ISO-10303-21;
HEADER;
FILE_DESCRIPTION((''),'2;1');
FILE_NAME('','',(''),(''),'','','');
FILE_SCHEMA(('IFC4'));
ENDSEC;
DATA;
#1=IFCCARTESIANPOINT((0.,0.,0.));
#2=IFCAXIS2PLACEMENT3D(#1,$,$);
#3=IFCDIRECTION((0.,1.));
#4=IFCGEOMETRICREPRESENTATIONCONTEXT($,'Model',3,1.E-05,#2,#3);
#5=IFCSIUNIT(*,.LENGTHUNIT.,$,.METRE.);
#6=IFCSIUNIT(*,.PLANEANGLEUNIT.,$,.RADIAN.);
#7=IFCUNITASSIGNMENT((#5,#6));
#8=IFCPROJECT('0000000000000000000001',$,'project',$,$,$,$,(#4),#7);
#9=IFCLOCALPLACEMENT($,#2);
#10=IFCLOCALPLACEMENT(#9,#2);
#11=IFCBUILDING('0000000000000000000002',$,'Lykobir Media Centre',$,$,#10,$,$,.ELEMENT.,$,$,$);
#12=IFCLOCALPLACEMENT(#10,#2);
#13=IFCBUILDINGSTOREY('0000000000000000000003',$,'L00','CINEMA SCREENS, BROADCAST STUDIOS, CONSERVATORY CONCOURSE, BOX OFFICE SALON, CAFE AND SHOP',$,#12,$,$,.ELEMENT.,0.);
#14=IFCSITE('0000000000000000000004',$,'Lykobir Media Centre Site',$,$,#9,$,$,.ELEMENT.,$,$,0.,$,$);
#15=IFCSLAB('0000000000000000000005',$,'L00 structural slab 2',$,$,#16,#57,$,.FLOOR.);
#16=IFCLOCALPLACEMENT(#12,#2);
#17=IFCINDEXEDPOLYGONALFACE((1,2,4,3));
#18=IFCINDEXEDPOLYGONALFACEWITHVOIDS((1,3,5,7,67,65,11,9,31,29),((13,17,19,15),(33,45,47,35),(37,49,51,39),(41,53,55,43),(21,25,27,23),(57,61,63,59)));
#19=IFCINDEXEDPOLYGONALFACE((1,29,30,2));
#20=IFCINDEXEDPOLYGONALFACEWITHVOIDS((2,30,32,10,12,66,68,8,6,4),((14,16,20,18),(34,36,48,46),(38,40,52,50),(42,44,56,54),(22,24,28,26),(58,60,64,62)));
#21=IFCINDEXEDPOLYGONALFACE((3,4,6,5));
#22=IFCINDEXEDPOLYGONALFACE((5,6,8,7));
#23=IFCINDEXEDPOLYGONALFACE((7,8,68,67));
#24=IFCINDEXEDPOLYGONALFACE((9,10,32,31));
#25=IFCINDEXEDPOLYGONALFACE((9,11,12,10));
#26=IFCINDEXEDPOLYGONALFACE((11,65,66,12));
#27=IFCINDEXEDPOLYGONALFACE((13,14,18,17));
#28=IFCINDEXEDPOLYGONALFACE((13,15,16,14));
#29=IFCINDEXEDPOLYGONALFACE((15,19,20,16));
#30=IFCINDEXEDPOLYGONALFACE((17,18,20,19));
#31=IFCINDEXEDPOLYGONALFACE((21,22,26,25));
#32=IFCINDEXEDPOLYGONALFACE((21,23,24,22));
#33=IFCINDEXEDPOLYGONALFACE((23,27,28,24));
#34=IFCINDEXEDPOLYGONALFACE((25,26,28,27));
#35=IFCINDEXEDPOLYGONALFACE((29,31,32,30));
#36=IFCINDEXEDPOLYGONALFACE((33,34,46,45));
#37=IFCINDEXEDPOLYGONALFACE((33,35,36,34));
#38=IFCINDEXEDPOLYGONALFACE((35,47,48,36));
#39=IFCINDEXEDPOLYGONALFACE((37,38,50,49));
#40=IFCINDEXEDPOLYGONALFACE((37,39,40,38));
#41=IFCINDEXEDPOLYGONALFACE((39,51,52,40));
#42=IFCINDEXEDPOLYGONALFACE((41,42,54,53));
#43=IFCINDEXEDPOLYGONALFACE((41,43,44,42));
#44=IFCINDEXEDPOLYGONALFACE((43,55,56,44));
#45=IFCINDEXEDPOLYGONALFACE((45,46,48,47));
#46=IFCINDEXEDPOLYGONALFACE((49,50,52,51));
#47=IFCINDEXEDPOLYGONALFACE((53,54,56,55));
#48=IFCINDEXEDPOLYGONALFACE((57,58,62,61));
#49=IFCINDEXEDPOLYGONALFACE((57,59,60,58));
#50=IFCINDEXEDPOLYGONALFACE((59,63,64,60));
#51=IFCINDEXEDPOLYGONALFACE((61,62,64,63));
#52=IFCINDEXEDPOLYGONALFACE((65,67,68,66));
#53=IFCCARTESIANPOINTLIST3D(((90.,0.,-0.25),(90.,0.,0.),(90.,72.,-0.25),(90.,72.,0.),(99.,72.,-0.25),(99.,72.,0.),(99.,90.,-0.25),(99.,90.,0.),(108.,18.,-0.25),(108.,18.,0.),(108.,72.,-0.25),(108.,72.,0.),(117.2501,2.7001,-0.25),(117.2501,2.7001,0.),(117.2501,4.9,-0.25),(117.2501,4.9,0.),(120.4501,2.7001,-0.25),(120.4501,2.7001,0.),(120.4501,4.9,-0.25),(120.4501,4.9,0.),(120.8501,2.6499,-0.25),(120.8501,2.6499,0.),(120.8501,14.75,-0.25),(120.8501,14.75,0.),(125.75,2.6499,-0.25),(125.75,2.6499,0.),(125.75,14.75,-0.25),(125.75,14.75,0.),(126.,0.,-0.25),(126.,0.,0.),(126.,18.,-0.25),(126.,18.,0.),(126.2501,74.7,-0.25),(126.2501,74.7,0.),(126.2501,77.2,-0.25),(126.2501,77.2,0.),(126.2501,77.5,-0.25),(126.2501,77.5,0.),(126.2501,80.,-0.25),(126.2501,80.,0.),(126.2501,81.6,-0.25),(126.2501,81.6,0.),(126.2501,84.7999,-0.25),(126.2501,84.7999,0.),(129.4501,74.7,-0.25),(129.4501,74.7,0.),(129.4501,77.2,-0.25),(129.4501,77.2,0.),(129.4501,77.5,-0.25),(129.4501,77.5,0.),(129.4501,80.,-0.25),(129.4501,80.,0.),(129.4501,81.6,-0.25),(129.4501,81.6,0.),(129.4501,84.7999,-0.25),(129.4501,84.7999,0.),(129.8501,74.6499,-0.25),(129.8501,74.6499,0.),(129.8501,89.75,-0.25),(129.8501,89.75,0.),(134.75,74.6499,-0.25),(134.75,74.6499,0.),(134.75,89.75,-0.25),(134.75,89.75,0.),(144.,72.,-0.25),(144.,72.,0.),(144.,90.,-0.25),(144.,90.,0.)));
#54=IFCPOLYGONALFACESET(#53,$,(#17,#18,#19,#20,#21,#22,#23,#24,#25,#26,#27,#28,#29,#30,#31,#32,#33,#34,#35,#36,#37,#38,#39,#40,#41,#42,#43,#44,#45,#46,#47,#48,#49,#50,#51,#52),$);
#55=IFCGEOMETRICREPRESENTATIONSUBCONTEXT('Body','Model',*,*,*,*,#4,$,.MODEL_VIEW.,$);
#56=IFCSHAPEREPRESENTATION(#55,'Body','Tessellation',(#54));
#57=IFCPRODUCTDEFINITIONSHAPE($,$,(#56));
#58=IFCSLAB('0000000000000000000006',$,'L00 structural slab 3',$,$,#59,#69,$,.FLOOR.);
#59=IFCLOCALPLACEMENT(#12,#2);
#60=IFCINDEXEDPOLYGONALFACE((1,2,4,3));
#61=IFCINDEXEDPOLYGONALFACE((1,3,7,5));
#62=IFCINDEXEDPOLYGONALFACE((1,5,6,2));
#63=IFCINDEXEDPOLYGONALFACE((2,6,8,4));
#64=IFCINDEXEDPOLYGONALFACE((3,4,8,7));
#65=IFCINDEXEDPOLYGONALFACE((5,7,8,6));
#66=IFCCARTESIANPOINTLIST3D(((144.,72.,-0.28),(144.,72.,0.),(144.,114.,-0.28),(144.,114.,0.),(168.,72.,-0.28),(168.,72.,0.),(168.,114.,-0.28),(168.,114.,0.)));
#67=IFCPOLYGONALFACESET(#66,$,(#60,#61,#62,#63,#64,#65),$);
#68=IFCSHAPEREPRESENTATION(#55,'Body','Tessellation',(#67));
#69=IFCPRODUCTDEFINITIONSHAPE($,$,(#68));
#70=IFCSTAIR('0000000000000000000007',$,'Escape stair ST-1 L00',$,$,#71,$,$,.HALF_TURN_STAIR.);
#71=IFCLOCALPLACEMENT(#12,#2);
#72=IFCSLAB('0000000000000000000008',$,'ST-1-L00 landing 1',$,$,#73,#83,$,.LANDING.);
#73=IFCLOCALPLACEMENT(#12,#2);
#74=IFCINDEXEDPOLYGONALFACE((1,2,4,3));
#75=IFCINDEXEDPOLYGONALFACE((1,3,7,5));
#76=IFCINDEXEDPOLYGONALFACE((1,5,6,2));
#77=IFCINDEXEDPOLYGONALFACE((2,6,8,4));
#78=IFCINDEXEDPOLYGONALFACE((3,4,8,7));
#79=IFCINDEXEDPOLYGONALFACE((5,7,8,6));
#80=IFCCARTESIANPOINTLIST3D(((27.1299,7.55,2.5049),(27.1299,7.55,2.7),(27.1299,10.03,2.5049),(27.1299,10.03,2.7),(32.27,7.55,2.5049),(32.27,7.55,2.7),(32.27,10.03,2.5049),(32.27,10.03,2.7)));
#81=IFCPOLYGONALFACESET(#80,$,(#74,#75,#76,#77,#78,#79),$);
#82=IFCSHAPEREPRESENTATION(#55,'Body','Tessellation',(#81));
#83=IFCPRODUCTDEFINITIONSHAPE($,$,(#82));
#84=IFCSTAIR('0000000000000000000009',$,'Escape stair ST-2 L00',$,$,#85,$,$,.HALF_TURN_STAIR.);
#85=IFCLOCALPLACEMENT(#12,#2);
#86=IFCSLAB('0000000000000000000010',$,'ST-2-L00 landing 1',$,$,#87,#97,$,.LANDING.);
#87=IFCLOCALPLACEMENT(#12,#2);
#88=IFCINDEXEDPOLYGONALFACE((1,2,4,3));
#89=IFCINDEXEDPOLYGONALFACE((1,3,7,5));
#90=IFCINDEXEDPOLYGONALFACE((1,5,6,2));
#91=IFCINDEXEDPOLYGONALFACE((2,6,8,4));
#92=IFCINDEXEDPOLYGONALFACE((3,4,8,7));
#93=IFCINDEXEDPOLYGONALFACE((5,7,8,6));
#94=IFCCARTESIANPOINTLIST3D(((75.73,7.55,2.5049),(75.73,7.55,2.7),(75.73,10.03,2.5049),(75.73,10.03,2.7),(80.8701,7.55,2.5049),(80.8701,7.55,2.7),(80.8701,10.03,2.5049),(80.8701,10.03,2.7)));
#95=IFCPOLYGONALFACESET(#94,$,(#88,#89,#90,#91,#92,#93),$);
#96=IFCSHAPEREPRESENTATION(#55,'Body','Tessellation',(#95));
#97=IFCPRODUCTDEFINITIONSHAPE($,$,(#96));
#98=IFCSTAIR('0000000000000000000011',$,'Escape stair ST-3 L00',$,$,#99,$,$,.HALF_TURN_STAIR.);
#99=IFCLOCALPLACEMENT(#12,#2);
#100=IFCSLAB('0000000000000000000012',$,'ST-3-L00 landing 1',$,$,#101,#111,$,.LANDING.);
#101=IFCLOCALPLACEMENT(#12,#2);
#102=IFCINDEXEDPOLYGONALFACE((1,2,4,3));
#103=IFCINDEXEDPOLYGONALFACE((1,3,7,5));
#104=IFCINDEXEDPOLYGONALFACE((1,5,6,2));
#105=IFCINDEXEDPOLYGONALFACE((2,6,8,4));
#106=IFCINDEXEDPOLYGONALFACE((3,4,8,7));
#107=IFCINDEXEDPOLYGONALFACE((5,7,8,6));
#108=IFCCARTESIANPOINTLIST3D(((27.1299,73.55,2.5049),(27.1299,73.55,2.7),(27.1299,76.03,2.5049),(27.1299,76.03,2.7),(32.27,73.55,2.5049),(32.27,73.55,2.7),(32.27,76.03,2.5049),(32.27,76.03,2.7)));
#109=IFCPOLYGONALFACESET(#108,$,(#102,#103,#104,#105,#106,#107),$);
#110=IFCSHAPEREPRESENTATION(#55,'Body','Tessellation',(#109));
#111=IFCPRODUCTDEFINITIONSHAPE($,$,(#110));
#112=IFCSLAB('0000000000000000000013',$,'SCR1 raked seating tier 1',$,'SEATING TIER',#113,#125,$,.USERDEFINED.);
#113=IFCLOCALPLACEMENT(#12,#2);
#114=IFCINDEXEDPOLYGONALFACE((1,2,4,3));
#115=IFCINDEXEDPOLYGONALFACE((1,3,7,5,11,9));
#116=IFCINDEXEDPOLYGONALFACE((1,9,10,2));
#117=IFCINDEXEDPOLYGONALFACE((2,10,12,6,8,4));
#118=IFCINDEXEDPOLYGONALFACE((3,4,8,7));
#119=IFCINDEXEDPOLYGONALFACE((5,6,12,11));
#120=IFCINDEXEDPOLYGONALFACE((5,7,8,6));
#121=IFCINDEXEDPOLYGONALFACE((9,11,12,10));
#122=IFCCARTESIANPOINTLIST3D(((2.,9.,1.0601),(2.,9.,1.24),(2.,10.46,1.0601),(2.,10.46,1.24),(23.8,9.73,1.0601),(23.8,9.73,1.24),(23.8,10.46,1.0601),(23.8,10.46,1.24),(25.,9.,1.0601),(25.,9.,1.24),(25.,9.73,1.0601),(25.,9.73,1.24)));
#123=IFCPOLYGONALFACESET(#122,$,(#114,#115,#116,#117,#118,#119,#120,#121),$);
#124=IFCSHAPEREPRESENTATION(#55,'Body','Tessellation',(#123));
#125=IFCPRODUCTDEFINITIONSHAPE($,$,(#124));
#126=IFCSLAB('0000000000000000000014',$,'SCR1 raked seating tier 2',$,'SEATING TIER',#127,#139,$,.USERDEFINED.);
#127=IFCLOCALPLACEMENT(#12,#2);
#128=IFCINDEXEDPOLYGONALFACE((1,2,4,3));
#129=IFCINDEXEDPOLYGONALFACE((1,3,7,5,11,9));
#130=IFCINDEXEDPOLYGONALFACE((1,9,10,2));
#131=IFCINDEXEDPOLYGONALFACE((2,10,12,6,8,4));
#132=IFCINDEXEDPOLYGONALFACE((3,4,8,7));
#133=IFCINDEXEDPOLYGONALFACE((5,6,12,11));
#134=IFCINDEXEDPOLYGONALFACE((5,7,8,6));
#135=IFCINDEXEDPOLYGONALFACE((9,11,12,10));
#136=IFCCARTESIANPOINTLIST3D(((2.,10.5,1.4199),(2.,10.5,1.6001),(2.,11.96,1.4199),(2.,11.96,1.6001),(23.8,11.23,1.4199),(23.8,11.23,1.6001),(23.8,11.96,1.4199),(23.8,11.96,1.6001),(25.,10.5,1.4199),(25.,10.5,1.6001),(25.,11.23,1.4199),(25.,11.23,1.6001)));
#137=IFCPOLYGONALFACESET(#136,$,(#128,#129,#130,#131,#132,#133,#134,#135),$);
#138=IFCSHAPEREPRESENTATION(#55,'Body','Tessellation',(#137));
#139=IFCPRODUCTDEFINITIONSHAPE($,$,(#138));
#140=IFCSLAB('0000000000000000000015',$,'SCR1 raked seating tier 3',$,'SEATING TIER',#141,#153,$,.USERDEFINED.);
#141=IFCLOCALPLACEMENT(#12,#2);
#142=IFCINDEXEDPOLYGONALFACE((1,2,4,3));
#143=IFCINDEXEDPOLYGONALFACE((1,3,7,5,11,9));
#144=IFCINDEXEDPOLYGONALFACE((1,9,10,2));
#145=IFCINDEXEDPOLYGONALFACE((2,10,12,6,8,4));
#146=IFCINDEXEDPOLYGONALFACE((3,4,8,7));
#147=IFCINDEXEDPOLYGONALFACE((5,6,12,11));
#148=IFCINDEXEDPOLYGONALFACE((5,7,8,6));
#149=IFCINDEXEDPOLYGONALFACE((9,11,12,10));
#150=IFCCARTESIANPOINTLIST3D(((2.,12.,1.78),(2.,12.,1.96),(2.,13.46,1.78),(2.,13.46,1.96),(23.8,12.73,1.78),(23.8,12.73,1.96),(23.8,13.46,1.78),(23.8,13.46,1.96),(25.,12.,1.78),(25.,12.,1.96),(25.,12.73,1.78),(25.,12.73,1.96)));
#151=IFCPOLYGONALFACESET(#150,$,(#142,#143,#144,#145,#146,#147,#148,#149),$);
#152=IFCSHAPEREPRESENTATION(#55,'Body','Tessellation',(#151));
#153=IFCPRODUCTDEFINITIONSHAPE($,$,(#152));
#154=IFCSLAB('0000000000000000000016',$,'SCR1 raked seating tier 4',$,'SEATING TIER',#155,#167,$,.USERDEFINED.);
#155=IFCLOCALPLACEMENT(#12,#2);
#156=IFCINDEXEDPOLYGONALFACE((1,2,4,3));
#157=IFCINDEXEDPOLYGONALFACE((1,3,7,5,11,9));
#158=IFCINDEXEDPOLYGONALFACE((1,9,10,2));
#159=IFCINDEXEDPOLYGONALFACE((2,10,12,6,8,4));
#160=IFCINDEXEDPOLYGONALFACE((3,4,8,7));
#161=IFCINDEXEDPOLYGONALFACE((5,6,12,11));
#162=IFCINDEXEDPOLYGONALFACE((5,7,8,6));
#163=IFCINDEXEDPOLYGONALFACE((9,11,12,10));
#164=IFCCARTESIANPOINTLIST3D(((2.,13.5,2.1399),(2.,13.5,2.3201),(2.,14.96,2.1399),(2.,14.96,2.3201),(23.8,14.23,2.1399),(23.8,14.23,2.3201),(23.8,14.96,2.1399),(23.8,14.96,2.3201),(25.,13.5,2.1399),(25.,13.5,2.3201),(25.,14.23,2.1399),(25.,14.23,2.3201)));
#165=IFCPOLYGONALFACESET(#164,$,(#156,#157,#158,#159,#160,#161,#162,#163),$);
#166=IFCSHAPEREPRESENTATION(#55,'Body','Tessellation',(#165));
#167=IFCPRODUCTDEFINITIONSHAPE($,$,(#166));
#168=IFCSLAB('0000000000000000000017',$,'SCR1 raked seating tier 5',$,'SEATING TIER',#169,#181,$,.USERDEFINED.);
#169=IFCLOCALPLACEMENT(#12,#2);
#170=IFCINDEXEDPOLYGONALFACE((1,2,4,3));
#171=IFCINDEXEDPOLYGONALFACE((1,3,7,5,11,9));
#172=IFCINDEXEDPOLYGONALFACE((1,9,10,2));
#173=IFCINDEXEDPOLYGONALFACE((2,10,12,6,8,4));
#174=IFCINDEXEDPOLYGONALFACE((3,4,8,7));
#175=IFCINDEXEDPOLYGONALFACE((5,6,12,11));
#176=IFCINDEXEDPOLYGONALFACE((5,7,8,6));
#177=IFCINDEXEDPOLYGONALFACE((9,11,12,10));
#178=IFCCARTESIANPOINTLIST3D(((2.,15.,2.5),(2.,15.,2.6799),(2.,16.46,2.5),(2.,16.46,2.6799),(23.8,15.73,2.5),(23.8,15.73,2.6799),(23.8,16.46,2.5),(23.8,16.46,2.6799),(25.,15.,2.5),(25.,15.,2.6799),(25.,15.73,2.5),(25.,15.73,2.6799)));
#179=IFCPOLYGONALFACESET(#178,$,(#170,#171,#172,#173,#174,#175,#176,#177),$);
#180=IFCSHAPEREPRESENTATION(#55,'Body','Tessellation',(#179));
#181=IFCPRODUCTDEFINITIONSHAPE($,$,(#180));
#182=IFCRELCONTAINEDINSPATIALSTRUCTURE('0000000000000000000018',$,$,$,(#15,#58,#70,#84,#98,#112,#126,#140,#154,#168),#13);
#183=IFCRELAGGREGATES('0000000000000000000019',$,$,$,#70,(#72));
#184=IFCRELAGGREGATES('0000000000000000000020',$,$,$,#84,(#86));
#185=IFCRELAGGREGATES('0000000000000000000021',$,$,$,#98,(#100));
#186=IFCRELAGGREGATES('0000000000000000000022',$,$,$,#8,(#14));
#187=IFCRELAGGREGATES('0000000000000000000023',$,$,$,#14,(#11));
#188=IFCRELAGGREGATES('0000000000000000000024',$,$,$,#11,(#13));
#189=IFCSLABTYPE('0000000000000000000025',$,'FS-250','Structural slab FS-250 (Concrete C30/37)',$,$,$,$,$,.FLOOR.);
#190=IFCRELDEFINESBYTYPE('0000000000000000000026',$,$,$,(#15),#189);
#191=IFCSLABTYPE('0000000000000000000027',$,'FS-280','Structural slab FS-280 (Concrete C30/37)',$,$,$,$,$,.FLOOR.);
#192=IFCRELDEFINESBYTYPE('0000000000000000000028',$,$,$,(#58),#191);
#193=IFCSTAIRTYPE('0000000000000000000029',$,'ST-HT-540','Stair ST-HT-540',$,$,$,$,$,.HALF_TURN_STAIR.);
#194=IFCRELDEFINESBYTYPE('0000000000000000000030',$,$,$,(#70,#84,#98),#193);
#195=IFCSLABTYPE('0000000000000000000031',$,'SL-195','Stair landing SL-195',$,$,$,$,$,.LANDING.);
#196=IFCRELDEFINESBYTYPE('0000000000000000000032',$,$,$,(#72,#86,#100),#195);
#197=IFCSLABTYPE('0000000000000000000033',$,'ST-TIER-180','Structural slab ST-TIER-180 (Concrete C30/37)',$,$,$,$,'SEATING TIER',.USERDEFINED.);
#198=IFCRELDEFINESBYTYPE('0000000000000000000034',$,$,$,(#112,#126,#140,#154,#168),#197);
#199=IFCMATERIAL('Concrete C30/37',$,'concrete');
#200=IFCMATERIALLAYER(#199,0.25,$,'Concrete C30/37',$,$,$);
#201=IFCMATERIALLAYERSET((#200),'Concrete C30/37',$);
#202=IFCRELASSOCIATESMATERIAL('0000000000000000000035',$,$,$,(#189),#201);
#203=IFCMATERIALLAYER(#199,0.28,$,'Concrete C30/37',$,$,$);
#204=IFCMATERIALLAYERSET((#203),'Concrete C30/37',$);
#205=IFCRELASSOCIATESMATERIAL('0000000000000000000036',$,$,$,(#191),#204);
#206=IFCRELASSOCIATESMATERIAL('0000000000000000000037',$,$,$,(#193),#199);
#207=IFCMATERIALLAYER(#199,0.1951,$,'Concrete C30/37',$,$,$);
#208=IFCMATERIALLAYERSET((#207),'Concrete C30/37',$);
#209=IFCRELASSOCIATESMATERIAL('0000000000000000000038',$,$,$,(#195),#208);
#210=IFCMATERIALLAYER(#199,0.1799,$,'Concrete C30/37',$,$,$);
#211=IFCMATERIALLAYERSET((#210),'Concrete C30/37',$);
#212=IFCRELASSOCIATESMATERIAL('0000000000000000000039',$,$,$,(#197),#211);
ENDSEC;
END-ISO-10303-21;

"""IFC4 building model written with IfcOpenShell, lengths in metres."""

from ifc_helpers import new_model, si_unit, direction, frame, origin, origin_2d, place, context, subcontext, project, spatial, polyline, rectangle, outline, extrude, material, layer, layer_set, type_object, element, aggregate, save


model = new_model("IFC4")

# Units and contexts
model_context = context("Model", 3, precision=1e-05, world=origin(), true_north=direction((0.0, 1.0)))
body_context = subcontext(model_context, "Body", "Model", "MODEL_VIEW")
ifc_project = project(units=[si_unit("LENGTHUNIT", "METRE"), si_unit("PLANEANGLEUNIT", "RADIAN")], contexts=[model_context])

# Site, building, storey
site_placement = place(None, origin())
site = spatial("IfcSite", under=ifc_project, at=site_placement, Name="Lykobir Media Centre Site", CompositionType="ELEMENT", RefElevation=0.0)
building_placement = place(site_placement, origin())
building = spatial("IfcBuilding", under=site, at=building_placement, Name="Lykobir Media Centre", CompositionType="ELEMENT")
storey_placement = place(building_placement, origin())
storey = spatial("IfcBuildingStorey", under=building, at=storey_placement, Name="L00", Description="CINEMA SCREENS, BROADCAST STUDIOS, CONSERVATORY CONCOURSE, BOX OFFICE SALON, CAFE AND SHOP", CompositionType="ELEMENT", Elevation=0.0)

# Slab, openings
ifc_material_1 = material(Name="Concrete C30/37", Category="concrete")
ifc_layer_1 = layer(ifc_material_1, 0.25, Name="Concrete C30/37")
ifc_layer_set_1 = layer_set([ifc_layer_1], Name="Concrete C30/37")
slab_type_1 = type_object("IfcSlabType", Name="FS-250", Description="Structural slab FS-250 (Concrete C30/37)", PredefinedType="FLOOR", material=ifc_layer_set_1)
slab_1_placement = place(storey_placement, frame((0.0, 0.0, -0.25)))
slab_1 = element("IfcSlab", 1, at=slab_1_placement, inside=storey, type_object=slab_type_1, Name="L00 structural slab 2", PredefinedType="FLOOR", context=body_context, shape_type="SweptSolid", body=[
    extrude(outline(polyline([(126.0, 18.0), (108.0, 18.0), (108.0, 72.0), (144.0, 72.0), (144.0, 90.0), (99.0, 90.0), (99.0, 72.0), (90.0, 72.0), (90.0, 18.0), (90.0, 0.0), (126.0, 0.0), (126.0, 18.0)]), holes=[polyline([(125.75, 14.75), (125.75, 2.6499), (120.8501, 2.6499), (120.8501, 14.75), (125.75, 14.75)]), polyline([(134.75, 74.6499), (129.8501, 74.6499), (129.8501, 89.75), (134.75, 89.75), (134.75, 74.6499)])]), origin(), (0.0, 0.0, 1.0), 0.25),
])
opening_1_placement = place(slab_1_placement, frame((127.8501, 75.95, 0.0)))
element("IfcOpeningElement", 2, at=opening_1_placement, cuts=slab_1, PredefinedType="OPENING", context=body_context, shape_type="SweptSolid", body=[
    extrude(rectangle(XDim=3.2, YDim=2.5, at=origin_2d()), origin(), (0.0, 0.0, 1.0), 0.25),
])
opening_2_placement = place(slab_1_placement, frame((127.8501, 78.75, 0.0)))
element("IfcOpeningElement", 3, at=opening_2_placement, cuts=slab_1, PredefinedType="OPENING", context=body_context, shape_type="SweptSolid", body=[
    extrude(rectangle(XDim=3.2, YDim=2.5, at=origin_2d()), origin(), (0.0, 0.0, 1.0), 0.25),
])
opening_3_placement = place(slab_1_placement, frame((127.8501, 83.2, 0.0)))
element("IfcOpeningElement", 4, at=opening_3_placement, cuts=slab_1, PredefinedType="OPENING", context=body_context, shape_type="SweptSolid", body=[
    extrude(rectangle(XDim=3.2, YDim=3.2, at=origin_2d()), origin(), (0.0, 0.0, 1.0), 0.25),
])
opening_4_placement = place(slab_1_placement, frame((118.8501, 3.8, 0.0)))
element("IfcOpeningElement", 5, at=opening_4_placement, cuts=slab_1, PredefinedType="OPENING", context=body_context, shape_type="SweptSolid", body=[
    extrude(rectangle(XDim=3.2, YDim=2.2, at=origin_2d()), origin(), (0.0, 0.0, 1.0), 0.25),
])

# Slab
ifc_layer_2 = layer(ifc_material_1, 0.28, Name="Concrete C30/37")
ifc_layer_set_2 = layer_set([ifc_layer_2], Name="Concrete C30/37")
slab_type_2 = type_object("IfcSlabType", Name="FS-280", Description="Structural slab FS-280 (Concrete C30/37)", PredefinedType="FLOOR", material=ifc_layer_set_2)
slab_2_placement = place(storey_placement, frame((0.0, 0.0, -0.28)))
element("IfcSlab", 6, at=slab_2_placement, inside=storey, type_object=slab_type_2, Name="L00 structural slab 3", PredefinedType="FLOOR", context=body_context, shape_type="SweptSolid", body=[
    extrude(outline(polyline([(168.0, 72.0), (168.0, 114.0), (144.0, 114.0), (144.0, 72.0), (168.0, 72.0)])), origin(), (0.0, 0.0, 1.0), 0.28),
])

# Stairs, slabs
stair_type = type_object("IfcStairType", Name="ST-HT-540", Description="Stair ST-HT-540", PredefinedType="HALF_TURN_STAIR", material=ifc_material_1)
stair_1_placement = place(storey_placement, origin())
stair_1 = element("IfcStair", 7, at=stair_1_placement, inside=storey, type_object=stair_type, Name="Escape stair ST-1 L00", PredefinedType="HALF_TURN_STAIR")
ifc_layer_3 = layer(ifc_material_1, 0.1951, Name="Concrete C30/37")
ifc_layer_set_3 = layer_set([ifc_layer_3], Name="Concrete C30/37")
slab_type_3 = type_object("IfcSlabType", Name="SL-195", Description="Stair landing SL-195", PredefinedType="LANDING", material=ifc_layer_set_3)
slab_3_placement = place(storey_placement, frame((0.0, 0.0, 2.5049)))
slab_3 = element("IfcSlab", 8, at=slab_3_placement, type_object=slab_type_3, Name="ST-1-L00 landing 1", PredefinedType="LANDING", context=body_context, shape_type="SweptSolid", body=[
    extrude(outline(polyline([(27.1299, 7.55), (32.27, 7.55), (32.27, 10.03), (27.1299, 10.03), (27.1299, 7.55)])), origin(), (0.0, 0.0, 1.0), 0.1951),
])
aggregate(stair_1, [slab_3])
stair_2_placement = place(storey_placement, origin())
stair_2 = element("IfcStair", 9, at=stair_2_placement, inside=storey, type_object=stair_type, Name="Escape stair ST-2 L00", PredefinedType="HALF_TURN_STAIR")
slab_4_placement = place(storey_placement, frame((0.0, 0.0, 2.5049)))
slab_4 = element("IfcSlab", 10, at=slab_4_placement, type_object=slab_type_3, Name="ST-2-L00 landing 1", PredefinedType="LANDING", context=body_context, shape_type="SweptSolid", body=[
    extrude(outline(polyline([(75.73, 7.55), (80.8701, 7.55), (80.8701, 10.03), (75.73, 10.03), (75.73, 7.55)])), origin(), (0.0, 0.0, 1.0), 0.1951),
])
aggregate(stair_2, [slab_4])
stair_3_placement = place(storey_placement, origin())
stair_3 = element("IfcStair", 11, at=stair_3_placement, inside=storey, type_object=stair_type, Name="Escape stair ST-3 L00", PredefinedType="HALF_TURN_STAIR")
slab_5_placement = place(storey_placement, frame((0.0, 0.0, 2.5049)))
slab_5 = element("IfcSlab", 12, at=slab_5_placement, type_object=slab_type_3, Name="ST-3-L00 landing 1", PredefinedType="LANDING", context=body_context, shape_type="SweptSolid", body=[
    extrude(outline(polyline([(27.1299, 73.55), (32.27, 73.55), (32.27, 76.03), (27.1299, 76.03), (27.1299, 73.55)])), origin(), (0.0, 0.0, 1.0), 0.1951),
])
aggregate(stair_3, [slab_5])

# Slabs
ifc_layer_4 = layer(ifc_material_1, 0.1799, Name="Concrete C30/37")
ifc_layer_set_4 = layer_set([ifc_layer_4], Name="Concrete C30/37")
slab_type_4 = type_object("IfcSlabType", Name="ST-TIER-180", Description="Structural slab ST-TIER-180 (Concrete C30/37)", ElementType="SEATING TIER", PredefinedType="USERDEFINED", material=ifc_layer_set_4)
slab_6_placement = place(storey_placement, frame((0.0, 0.0, 1.0601)))
element("IfcSlab", 13, at=slab_6_placement, inside=storey, type_object=slab_type_4, Name="SCR1 raked seating tier 1", ObjectType="SEATING TIER", PredefinedType="USERDEFINED", context=body_context, shape_type="SweptSolid", body=[
    extrude(outline(polyline([(2.0, 9.0), (25.0, 9.0), (25.0, 9.73), (23.8, 9.73), (23.8, 10.46), (2.0, 10.46), (2.0, 9.0)])), origin(), (0.0, 0.0, 1.0), 0.1799),
])
slab_7_placement = place(storey_placement, frame((0.0, 0.0, 1.4199)))
element("IfcSlab", 14, at=slab_7_placement, inside=storey, type_object=slab_type_4, Name="SCR1 raked seating tier 2", ObjectType="SEATING TIER", PredefinedType="USERDEFINED", context=body_context, shape_type="SweptSolid", body=[
    extrude(outline(polyline([(2.0, 10.5), (25.0, 10.5), (25.0, 11.23), (23.8, 11.23), (23.8, 11.96), (2.0, 11.96), (2.0, 10.5)])), origin(), (0.0, 0.0, 1.0), 0.1802),
])
slab_8_placement = place(storey_placement, frame((0.0, 0.0, 1.78)))
element("IfcSlab", 15, at=slab_8_placement, inside=storey, type_object=slab_type_4, Name="SCR1 raked seating tier 3", ObjectType="SEATING TIER", PredefinedType="USERDEFINED", context=body_context, shape_type="SweptSolid", body=[
    extrude(outline(polyline([(2.0, 12.0), (25.0, 12.0), (25.0, 12.73), (23.8, 12.73), (23.8, 13.46), (2.0, 13.46), (2.0, 12.0)])), origin(), (0.0, 0.0, 1.0), 0.1799),
])
slab_9_placement = place(storey_placement, frame((0.0, 0.0, 2.1399)))
element("IfcSlab", 16, at=slab_9_placement, inside=storey, type_object=slab_type_4, Name="SCR1 raked seating tier 4", ObjectType="SEATING TIER", PredefinedType="USERDEFINED", context=body_context, shape_type="SweptSolid", body=[
    extrude(outline(polyline([(2.0, 13.5), (25.0, 13.5), (25.0, 14.23), (23.8, 14.23), (23.8, 14.96), (2.0, 14.96), (2.0, 13.5)])), origin(), (0.0, 0.0, 1.0), 0.1802),
])
slab_10_placement = place(storey_placement, frame((0.0, 0.0, 2.5)))
element("IfcSlab", 17, at=slab_10_placement, inside=storey, type_object=slab_type_4, Name="SCR1 raked seating tier 5", ObjectType="SEATING TIER", PredefinedType="USERDEFINED", context=body_context, shape_type="SweptSolid", body=[
    extrude(outline(polyline([(2.0, 15.0), (25.0, 15.0), (25.0, 15.73), (23.8, 15.73), (23.8, 16.46), (2.0, 16.46), (2.0, 15.0)])), origin(), (0.0, 0.0, 1.0), 0.1799),
])

save(model, "model.ifc")
